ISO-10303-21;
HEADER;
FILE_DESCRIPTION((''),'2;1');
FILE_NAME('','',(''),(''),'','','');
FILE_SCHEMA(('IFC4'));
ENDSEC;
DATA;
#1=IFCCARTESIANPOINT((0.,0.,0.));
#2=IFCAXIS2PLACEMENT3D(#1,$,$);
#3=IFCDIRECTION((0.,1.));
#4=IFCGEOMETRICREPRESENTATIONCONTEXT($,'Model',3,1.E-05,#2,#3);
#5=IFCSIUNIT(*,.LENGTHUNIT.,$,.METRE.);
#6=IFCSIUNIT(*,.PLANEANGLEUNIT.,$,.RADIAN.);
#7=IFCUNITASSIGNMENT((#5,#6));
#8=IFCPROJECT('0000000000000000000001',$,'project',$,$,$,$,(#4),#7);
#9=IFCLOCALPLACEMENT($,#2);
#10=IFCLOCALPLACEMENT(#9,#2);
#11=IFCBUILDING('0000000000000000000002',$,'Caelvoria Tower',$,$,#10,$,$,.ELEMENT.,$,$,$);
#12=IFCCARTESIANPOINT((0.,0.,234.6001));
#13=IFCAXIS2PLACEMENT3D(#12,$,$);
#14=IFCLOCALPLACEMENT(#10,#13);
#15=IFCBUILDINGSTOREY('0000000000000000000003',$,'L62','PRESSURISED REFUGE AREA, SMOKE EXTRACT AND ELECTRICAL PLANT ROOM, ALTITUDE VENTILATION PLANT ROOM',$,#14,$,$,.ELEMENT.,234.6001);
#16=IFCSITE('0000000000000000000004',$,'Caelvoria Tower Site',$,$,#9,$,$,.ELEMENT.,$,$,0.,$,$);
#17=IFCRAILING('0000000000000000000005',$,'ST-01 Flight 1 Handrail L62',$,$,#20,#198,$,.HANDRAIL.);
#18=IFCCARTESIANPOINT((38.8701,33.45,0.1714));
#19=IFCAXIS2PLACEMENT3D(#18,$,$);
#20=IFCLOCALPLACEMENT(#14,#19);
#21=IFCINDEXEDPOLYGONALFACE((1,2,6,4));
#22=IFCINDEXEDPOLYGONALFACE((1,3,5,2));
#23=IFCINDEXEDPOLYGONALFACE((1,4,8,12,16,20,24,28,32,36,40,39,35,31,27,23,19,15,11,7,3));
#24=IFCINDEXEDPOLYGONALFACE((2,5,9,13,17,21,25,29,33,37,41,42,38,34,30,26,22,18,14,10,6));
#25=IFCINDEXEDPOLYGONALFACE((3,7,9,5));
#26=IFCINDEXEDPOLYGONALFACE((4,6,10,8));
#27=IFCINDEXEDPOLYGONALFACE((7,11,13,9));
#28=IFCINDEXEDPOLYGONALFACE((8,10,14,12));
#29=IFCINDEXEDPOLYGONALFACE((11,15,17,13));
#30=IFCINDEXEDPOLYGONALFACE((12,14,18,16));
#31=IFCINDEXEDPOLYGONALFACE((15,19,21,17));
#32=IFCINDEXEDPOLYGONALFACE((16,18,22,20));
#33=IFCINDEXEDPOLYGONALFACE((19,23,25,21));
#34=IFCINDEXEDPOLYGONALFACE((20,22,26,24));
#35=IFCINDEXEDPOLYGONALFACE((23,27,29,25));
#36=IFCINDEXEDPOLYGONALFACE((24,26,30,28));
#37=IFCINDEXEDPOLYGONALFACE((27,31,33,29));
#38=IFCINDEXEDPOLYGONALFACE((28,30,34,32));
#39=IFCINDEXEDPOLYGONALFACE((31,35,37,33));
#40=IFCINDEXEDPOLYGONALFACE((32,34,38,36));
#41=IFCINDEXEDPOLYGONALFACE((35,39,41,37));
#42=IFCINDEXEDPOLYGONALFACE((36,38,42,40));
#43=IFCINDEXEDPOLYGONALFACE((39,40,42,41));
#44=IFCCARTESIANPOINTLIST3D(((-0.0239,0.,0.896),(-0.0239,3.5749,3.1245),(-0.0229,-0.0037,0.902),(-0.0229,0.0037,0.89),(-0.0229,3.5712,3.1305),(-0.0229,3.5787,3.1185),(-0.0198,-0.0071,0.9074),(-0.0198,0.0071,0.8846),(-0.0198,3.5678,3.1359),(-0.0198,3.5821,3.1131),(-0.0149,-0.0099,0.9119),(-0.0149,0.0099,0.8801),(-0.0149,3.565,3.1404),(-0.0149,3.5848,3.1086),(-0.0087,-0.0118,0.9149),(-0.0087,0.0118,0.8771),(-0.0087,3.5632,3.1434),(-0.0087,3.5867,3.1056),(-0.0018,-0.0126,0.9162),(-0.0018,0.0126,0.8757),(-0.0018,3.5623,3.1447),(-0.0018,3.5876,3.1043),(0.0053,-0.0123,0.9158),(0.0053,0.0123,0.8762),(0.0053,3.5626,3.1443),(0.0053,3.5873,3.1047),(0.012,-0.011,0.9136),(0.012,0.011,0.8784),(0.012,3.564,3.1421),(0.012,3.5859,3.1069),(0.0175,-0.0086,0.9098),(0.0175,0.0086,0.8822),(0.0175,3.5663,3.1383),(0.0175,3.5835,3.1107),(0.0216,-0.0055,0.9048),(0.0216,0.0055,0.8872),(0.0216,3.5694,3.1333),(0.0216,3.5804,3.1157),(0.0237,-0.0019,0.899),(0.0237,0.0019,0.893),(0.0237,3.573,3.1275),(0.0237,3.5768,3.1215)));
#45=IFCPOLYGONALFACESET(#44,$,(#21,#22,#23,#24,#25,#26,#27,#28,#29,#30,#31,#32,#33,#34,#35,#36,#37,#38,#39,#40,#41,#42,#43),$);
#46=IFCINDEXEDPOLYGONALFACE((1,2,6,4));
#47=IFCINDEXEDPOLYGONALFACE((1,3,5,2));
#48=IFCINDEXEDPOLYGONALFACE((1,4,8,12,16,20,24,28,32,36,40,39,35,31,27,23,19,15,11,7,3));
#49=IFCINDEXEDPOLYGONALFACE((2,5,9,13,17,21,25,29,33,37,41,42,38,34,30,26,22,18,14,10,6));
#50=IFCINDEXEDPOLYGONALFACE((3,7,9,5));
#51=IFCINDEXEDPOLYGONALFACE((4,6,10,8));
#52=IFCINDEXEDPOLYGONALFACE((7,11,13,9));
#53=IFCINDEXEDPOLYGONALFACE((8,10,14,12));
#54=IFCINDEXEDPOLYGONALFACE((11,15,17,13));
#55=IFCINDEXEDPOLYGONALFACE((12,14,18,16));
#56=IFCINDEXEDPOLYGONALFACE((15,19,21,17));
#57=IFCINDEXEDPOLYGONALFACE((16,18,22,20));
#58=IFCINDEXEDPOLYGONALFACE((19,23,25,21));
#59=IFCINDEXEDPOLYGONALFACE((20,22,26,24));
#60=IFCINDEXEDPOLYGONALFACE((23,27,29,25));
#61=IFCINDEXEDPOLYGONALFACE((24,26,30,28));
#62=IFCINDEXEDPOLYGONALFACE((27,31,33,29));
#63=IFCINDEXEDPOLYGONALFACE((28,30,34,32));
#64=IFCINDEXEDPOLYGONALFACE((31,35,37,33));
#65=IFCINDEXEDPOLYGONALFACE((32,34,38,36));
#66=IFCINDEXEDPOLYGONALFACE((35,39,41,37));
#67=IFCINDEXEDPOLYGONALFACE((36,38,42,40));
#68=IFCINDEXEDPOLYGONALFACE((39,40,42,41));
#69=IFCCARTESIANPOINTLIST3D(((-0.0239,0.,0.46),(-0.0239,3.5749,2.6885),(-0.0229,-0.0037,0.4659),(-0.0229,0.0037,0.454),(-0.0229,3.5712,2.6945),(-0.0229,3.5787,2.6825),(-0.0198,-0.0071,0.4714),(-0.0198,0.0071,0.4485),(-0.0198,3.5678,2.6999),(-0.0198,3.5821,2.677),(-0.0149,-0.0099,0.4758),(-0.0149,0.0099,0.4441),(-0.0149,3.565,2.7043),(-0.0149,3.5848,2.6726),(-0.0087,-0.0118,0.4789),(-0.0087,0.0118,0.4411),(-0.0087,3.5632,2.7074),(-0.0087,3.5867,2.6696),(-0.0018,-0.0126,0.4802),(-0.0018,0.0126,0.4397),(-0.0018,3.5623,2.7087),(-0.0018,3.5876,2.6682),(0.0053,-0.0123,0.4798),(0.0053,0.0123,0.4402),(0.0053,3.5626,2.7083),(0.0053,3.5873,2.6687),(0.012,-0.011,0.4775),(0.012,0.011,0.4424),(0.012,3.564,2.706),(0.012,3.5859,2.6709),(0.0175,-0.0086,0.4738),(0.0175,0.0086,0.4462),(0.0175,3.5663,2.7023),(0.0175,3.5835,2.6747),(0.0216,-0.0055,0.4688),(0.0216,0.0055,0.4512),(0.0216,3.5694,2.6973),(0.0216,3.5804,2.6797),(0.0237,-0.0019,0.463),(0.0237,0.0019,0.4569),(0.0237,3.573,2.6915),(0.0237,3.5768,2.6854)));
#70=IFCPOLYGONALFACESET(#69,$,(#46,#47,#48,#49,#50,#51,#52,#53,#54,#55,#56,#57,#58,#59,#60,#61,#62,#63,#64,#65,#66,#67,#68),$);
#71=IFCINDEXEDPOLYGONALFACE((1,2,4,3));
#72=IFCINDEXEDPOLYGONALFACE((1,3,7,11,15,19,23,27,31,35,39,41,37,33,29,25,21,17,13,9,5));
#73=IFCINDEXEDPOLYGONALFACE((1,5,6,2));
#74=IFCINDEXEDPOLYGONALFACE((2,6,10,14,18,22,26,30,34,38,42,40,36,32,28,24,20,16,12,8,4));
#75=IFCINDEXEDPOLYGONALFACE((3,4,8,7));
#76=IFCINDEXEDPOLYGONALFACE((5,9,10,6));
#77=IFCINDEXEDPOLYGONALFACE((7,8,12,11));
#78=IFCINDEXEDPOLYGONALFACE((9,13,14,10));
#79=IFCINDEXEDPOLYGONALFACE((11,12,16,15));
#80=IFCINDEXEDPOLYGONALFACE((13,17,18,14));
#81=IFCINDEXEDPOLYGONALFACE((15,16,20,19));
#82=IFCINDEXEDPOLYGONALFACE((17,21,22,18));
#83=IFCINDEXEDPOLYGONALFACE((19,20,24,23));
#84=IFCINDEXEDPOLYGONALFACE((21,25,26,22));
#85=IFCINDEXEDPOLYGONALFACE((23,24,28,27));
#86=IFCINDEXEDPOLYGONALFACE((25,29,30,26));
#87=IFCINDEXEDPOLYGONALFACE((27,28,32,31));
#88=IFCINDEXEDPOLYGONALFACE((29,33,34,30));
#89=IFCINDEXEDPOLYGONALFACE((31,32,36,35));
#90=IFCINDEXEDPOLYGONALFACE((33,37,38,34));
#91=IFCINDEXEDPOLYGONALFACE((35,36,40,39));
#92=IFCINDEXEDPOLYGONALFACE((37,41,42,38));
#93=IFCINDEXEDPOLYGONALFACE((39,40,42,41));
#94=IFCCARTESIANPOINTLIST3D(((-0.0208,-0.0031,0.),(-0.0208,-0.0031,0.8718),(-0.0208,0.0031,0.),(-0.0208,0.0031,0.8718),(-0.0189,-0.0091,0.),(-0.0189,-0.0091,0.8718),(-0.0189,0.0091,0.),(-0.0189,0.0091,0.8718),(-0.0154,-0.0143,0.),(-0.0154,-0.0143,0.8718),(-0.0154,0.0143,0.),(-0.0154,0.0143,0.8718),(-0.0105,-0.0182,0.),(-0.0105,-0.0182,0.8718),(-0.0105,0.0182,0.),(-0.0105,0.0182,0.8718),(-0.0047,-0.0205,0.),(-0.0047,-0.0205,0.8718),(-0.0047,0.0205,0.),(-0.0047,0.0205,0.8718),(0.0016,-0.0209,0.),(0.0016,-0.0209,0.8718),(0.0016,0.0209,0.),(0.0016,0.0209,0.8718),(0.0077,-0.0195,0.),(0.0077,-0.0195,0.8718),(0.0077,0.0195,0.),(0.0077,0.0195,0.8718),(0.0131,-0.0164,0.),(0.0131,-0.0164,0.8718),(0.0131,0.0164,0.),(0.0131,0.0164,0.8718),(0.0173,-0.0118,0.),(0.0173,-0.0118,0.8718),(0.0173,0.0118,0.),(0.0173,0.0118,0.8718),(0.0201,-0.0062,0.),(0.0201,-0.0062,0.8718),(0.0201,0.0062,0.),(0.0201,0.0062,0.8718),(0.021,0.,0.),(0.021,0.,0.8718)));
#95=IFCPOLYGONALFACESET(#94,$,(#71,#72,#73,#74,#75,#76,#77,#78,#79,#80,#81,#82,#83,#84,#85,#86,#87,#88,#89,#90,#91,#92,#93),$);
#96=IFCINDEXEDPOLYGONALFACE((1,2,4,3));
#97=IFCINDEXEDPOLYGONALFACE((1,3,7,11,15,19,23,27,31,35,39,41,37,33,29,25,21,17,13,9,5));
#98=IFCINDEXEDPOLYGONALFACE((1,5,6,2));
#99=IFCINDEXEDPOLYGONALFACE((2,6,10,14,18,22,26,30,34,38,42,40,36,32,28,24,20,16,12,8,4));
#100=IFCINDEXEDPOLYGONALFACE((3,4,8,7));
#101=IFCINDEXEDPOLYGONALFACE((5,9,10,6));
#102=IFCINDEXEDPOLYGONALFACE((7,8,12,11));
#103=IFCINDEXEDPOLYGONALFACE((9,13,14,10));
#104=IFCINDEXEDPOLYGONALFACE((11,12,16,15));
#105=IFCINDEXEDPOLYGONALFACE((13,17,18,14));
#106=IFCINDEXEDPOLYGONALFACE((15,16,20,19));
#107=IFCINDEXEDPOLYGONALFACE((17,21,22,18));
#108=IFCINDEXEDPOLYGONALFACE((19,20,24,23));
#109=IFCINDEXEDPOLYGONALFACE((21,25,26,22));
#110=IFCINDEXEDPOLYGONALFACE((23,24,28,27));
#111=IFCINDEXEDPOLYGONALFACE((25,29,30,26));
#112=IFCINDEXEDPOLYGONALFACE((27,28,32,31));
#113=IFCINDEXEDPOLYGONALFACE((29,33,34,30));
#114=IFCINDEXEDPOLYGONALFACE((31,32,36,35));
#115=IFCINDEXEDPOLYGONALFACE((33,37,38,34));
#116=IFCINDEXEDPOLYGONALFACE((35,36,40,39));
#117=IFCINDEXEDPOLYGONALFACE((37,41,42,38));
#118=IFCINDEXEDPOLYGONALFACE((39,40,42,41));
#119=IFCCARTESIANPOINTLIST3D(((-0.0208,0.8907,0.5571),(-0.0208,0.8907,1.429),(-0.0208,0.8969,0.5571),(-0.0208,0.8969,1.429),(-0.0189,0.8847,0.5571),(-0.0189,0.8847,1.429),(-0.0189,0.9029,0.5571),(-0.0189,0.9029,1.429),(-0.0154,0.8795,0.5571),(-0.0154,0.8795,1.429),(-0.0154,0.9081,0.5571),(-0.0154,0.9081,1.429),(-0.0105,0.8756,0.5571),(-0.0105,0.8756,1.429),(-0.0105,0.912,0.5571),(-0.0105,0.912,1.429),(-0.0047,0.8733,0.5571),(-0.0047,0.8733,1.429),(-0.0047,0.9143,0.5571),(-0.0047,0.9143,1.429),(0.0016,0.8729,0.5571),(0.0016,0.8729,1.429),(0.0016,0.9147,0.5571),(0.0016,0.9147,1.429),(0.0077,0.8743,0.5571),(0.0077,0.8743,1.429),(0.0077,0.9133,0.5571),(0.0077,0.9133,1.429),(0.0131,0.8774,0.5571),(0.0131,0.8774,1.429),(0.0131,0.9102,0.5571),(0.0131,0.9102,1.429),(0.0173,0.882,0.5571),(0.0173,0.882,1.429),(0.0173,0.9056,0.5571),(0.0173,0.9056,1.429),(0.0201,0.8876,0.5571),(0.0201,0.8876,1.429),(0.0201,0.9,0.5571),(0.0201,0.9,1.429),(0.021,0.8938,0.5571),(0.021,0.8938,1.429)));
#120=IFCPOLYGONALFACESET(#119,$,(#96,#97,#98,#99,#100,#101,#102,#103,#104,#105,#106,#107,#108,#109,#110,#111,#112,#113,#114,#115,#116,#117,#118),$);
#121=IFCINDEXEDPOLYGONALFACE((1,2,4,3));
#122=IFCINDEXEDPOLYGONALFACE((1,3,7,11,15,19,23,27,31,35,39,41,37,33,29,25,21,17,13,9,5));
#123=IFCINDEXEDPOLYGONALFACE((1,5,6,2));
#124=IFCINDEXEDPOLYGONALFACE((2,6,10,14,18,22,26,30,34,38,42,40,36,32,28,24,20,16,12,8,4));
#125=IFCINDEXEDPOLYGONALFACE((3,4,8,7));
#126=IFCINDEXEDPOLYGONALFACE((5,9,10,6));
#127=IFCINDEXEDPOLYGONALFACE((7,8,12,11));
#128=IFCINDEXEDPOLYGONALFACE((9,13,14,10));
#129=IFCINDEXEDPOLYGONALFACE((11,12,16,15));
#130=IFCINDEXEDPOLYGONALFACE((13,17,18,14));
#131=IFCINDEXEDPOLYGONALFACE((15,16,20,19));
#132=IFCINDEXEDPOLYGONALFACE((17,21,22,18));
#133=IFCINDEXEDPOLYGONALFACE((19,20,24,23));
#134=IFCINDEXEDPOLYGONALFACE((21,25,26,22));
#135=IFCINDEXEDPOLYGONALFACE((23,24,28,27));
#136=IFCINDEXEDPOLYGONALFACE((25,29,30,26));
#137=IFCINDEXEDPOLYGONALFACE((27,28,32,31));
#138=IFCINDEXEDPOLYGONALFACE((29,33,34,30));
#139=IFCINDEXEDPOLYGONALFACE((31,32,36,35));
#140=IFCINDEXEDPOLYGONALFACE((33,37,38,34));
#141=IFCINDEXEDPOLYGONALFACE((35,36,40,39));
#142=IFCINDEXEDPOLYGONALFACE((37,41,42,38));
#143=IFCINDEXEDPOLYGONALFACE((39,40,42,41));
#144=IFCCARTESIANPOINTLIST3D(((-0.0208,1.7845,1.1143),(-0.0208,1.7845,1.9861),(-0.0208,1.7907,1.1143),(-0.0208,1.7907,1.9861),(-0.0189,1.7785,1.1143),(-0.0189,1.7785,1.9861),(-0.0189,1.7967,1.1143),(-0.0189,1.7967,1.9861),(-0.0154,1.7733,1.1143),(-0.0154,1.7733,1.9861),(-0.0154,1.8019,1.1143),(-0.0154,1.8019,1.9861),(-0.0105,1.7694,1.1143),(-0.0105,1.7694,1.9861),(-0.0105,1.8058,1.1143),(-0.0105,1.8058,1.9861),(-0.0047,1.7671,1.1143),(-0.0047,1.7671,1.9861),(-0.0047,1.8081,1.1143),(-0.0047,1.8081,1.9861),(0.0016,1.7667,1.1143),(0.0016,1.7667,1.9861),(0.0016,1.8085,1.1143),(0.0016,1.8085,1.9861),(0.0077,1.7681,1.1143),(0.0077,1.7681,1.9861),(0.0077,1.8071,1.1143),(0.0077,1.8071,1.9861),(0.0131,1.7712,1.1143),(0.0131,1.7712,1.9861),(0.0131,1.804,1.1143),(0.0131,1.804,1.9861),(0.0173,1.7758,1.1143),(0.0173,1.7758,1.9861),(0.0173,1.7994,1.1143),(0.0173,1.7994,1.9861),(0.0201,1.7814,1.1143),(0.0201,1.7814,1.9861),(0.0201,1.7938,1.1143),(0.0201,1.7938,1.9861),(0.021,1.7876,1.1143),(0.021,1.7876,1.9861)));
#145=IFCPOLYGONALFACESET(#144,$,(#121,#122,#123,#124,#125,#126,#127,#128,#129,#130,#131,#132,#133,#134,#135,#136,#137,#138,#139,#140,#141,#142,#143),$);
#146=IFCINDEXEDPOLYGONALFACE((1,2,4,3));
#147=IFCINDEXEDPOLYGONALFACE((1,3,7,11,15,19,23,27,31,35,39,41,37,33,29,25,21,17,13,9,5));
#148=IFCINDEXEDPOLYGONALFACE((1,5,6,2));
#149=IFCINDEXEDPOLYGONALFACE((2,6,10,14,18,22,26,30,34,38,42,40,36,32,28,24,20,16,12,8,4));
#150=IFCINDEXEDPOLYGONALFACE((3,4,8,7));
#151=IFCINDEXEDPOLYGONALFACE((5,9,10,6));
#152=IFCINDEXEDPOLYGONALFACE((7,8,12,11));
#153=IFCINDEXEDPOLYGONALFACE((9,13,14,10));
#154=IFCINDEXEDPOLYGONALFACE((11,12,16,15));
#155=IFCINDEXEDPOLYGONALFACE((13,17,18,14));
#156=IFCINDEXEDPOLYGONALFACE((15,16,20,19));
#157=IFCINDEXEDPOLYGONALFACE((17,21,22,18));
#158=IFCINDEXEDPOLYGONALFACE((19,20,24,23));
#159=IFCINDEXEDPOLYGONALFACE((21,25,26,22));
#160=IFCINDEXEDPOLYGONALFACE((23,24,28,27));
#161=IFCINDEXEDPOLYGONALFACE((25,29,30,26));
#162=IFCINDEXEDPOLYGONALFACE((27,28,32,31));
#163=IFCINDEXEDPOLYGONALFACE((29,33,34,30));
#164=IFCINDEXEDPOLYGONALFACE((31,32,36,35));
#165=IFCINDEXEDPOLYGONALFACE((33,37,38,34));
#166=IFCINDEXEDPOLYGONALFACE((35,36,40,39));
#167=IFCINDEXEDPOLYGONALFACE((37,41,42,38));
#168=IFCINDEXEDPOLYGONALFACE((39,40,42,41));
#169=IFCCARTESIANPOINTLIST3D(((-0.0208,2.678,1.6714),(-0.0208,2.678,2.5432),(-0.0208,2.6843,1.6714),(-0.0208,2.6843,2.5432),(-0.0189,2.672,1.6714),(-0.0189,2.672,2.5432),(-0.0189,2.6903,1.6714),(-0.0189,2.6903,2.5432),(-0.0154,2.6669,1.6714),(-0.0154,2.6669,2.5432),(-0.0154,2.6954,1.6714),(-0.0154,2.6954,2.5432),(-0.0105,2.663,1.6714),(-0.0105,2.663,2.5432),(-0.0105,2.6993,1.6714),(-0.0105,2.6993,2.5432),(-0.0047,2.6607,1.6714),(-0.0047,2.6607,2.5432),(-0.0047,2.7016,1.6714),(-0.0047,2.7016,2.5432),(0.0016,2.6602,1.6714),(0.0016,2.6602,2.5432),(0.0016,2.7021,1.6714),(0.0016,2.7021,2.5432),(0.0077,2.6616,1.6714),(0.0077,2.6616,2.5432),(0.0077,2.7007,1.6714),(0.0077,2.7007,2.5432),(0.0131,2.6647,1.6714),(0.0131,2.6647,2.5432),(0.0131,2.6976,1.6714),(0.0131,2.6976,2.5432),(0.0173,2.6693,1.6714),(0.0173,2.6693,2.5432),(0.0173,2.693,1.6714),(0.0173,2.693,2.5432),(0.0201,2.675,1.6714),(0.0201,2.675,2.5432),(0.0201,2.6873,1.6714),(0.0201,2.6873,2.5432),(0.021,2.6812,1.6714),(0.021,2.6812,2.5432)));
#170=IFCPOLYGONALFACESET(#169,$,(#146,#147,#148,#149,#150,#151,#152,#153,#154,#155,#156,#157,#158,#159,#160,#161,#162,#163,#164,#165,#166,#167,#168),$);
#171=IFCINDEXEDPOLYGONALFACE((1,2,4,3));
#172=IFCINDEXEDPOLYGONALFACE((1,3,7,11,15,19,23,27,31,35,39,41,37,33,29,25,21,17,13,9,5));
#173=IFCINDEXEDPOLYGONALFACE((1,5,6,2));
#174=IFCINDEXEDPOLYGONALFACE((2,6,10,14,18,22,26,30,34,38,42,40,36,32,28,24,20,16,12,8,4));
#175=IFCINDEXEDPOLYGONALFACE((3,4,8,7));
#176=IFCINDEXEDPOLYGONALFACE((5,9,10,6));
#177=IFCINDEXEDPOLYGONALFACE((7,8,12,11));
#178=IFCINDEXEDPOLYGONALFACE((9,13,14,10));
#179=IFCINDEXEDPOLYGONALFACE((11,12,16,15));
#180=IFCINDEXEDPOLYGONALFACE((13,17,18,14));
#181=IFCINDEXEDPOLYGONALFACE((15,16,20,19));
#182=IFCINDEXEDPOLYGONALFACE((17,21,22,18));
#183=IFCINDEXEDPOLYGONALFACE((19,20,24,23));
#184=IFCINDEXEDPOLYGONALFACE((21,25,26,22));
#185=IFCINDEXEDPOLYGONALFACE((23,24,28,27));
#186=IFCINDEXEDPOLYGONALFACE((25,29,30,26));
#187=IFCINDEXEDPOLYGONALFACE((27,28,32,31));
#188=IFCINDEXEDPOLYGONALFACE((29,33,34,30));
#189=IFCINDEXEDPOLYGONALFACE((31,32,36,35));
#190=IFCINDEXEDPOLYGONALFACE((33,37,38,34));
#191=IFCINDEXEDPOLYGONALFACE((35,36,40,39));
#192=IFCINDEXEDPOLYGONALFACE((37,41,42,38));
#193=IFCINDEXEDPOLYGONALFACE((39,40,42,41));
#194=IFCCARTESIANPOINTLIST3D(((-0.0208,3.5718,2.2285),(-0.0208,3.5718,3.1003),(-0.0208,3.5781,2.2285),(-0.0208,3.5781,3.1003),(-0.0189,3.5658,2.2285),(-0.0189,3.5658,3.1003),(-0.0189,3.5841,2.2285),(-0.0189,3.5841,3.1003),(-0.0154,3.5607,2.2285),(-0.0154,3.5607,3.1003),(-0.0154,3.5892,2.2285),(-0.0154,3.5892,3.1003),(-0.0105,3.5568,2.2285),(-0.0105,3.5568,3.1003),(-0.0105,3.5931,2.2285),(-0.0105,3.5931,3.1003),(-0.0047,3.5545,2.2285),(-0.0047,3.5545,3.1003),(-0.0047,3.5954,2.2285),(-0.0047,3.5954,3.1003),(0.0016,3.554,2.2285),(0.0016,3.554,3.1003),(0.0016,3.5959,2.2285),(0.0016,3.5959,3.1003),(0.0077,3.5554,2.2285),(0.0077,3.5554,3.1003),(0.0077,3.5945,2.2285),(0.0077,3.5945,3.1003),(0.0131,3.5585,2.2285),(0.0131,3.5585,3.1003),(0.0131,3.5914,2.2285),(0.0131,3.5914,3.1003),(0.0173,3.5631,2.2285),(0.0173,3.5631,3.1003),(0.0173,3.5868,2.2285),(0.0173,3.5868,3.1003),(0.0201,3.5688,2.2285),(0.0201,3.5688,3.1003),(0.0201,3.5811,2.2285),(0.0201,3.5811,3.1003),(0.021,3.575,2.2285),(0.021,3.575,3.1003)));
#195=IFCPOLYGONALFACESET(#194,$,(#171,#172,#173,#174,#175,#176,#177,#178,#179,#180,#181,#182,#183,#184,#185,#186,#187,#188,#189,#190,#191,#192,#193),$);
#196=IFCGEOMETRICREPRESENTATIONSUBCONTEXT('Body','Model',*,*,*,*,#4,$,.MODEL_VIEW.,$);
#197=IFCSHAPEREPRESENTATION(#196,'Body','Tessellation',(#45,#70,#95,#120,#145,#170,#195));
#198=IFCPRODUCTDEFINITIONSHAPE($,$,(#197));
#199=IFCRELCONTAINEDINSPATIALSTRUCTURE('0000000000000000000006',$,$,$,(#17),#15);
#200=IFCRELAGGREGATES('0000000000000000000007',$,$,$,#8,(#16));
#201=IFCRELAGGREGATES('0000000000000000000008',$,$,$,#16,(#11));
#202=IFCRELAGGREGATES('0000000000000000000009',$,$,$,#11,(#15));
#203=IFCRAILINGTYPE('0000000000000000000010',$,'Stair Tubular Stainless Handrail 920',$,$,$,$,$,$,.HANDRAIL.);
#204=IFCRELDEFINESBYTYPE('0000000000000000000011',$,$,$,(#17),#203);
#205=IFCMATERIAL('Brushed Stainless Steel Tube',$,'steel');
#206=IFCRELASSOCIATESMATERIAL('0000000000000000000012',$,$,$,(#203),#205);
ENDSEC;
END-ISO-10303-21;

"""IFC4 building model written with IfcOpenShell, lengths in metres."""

from ifc_helpers import new_model, si_unit, direction, frame, origin, origin_2d, place, context, subcontext, project, spatial, circle, extrude, material, type_object, element, save


model = new_model("IFC4")

# Units and contexts
model_context = context("Model", 3, precision=1e-05, world=origin(), true_north=direction((0.0, 1.0)))
body_context = subcontext(model_context, "Body", "Model", "MODEL_VIEW")
ifc_project = project(units=[si_unit("LENGTHUNIT", "METRE"), si_unit("PLANEANGLEUNIT", "RADIAN")], contexts=[model_context])

# Site, building, storey
site_placement = place(None, origin())
site = spatial("IfcSite", under=ifc_project, at=site_placement, Name="Caelvoria Tower Site", CompositionType="ELEMENT", RefElevation=0.0)
building_placement = place(site_placement, origin())
building = spatial("IfcBuilding", under=site, at=building_placement, Name="Caelvoria Tower", CompositionType="ELEMENT")
storey_placement = place(building_placement, frame((0.0, 0.0, 234.6001)))
storey = spatial("IfcBuildingStorey", under=building, at=storey_placement, Name="L62", Description="PRESSURISED REFUGE AREA, SMOKE EXTRACT AND ELECTRICAL PLANT ROOM, ALTITUDE VENTILATION PLANT ROOM", CompositionType="ELEMENT", Elevation=234.6001)

# Railing
ifc_material_1 = material(Name="Brushed Stainless Steel Tube", Category="steel")
railing_type_1 = type_object("IfcRailingType", Name="Stair Tubular Stainless Handrail 920", PredefinedType="HANDRAIL", material=ifc_material_1)
railing_1_placement = place(storey_placement, frame((38.8701, 33.45, 0.1714)))
element("IfcRailing", 1, at=railing_1_placement, inside=storey, type_object=railing_type_1, Name="ST-01 Flight 1 Handrail L62", PredefinedType="HANDRAIL", context=body_context, shape_type="SweptSolid", body=[
    extrude(circle(Radius=0.0239, at=origin_2d()), frame((0.0, 0.0, 0.896), z_axis=(0.0, 0.84862, 0.529004), x_axis=(-1.0, 0.0, 0.0)), (0.0, 0.0, 1.0), 4.2126),
    extrude(circle(Radius=0.0239, at=origin_2d()), frame((0.0, 0.0, 0.46), z_axis=(0.0, 0.84862, 0.529004), x_axis=(-1.0, 0.0, 0.0)), (0.0, 0.0, 1.0), 4.2126),
    extrude(circle(Radius=0.021, at=origin_2d()), origin(), (0.0, 0.0, 1.0), 0.8718),
    extrude(circle(Radius=0.021, at=origin_2d()), frame((0.0, 0.8938, 0.5571)), (0.0, 0.0, 1.0), 0.8718),
    extrude(circle(Radius=0.021, at=origin_2d()), frame((0.0, 1.7876, 1.1143)), (0.0, 0.0, 1.0), 0.8718),
    extrude(circle(Radius=0.021, at=origin_2d()), frame((0.0, 2.6812, 1.6714)), (0.0, 0.0, 1.0), 0.8718),
    extrude(circle(Radius=0.021, at=origin_2d()), frame((0.0, 3.575, 2.2285)), (0.0, 0.0, 1.0), 0.8718),
])

save(model, "model.ifc")
